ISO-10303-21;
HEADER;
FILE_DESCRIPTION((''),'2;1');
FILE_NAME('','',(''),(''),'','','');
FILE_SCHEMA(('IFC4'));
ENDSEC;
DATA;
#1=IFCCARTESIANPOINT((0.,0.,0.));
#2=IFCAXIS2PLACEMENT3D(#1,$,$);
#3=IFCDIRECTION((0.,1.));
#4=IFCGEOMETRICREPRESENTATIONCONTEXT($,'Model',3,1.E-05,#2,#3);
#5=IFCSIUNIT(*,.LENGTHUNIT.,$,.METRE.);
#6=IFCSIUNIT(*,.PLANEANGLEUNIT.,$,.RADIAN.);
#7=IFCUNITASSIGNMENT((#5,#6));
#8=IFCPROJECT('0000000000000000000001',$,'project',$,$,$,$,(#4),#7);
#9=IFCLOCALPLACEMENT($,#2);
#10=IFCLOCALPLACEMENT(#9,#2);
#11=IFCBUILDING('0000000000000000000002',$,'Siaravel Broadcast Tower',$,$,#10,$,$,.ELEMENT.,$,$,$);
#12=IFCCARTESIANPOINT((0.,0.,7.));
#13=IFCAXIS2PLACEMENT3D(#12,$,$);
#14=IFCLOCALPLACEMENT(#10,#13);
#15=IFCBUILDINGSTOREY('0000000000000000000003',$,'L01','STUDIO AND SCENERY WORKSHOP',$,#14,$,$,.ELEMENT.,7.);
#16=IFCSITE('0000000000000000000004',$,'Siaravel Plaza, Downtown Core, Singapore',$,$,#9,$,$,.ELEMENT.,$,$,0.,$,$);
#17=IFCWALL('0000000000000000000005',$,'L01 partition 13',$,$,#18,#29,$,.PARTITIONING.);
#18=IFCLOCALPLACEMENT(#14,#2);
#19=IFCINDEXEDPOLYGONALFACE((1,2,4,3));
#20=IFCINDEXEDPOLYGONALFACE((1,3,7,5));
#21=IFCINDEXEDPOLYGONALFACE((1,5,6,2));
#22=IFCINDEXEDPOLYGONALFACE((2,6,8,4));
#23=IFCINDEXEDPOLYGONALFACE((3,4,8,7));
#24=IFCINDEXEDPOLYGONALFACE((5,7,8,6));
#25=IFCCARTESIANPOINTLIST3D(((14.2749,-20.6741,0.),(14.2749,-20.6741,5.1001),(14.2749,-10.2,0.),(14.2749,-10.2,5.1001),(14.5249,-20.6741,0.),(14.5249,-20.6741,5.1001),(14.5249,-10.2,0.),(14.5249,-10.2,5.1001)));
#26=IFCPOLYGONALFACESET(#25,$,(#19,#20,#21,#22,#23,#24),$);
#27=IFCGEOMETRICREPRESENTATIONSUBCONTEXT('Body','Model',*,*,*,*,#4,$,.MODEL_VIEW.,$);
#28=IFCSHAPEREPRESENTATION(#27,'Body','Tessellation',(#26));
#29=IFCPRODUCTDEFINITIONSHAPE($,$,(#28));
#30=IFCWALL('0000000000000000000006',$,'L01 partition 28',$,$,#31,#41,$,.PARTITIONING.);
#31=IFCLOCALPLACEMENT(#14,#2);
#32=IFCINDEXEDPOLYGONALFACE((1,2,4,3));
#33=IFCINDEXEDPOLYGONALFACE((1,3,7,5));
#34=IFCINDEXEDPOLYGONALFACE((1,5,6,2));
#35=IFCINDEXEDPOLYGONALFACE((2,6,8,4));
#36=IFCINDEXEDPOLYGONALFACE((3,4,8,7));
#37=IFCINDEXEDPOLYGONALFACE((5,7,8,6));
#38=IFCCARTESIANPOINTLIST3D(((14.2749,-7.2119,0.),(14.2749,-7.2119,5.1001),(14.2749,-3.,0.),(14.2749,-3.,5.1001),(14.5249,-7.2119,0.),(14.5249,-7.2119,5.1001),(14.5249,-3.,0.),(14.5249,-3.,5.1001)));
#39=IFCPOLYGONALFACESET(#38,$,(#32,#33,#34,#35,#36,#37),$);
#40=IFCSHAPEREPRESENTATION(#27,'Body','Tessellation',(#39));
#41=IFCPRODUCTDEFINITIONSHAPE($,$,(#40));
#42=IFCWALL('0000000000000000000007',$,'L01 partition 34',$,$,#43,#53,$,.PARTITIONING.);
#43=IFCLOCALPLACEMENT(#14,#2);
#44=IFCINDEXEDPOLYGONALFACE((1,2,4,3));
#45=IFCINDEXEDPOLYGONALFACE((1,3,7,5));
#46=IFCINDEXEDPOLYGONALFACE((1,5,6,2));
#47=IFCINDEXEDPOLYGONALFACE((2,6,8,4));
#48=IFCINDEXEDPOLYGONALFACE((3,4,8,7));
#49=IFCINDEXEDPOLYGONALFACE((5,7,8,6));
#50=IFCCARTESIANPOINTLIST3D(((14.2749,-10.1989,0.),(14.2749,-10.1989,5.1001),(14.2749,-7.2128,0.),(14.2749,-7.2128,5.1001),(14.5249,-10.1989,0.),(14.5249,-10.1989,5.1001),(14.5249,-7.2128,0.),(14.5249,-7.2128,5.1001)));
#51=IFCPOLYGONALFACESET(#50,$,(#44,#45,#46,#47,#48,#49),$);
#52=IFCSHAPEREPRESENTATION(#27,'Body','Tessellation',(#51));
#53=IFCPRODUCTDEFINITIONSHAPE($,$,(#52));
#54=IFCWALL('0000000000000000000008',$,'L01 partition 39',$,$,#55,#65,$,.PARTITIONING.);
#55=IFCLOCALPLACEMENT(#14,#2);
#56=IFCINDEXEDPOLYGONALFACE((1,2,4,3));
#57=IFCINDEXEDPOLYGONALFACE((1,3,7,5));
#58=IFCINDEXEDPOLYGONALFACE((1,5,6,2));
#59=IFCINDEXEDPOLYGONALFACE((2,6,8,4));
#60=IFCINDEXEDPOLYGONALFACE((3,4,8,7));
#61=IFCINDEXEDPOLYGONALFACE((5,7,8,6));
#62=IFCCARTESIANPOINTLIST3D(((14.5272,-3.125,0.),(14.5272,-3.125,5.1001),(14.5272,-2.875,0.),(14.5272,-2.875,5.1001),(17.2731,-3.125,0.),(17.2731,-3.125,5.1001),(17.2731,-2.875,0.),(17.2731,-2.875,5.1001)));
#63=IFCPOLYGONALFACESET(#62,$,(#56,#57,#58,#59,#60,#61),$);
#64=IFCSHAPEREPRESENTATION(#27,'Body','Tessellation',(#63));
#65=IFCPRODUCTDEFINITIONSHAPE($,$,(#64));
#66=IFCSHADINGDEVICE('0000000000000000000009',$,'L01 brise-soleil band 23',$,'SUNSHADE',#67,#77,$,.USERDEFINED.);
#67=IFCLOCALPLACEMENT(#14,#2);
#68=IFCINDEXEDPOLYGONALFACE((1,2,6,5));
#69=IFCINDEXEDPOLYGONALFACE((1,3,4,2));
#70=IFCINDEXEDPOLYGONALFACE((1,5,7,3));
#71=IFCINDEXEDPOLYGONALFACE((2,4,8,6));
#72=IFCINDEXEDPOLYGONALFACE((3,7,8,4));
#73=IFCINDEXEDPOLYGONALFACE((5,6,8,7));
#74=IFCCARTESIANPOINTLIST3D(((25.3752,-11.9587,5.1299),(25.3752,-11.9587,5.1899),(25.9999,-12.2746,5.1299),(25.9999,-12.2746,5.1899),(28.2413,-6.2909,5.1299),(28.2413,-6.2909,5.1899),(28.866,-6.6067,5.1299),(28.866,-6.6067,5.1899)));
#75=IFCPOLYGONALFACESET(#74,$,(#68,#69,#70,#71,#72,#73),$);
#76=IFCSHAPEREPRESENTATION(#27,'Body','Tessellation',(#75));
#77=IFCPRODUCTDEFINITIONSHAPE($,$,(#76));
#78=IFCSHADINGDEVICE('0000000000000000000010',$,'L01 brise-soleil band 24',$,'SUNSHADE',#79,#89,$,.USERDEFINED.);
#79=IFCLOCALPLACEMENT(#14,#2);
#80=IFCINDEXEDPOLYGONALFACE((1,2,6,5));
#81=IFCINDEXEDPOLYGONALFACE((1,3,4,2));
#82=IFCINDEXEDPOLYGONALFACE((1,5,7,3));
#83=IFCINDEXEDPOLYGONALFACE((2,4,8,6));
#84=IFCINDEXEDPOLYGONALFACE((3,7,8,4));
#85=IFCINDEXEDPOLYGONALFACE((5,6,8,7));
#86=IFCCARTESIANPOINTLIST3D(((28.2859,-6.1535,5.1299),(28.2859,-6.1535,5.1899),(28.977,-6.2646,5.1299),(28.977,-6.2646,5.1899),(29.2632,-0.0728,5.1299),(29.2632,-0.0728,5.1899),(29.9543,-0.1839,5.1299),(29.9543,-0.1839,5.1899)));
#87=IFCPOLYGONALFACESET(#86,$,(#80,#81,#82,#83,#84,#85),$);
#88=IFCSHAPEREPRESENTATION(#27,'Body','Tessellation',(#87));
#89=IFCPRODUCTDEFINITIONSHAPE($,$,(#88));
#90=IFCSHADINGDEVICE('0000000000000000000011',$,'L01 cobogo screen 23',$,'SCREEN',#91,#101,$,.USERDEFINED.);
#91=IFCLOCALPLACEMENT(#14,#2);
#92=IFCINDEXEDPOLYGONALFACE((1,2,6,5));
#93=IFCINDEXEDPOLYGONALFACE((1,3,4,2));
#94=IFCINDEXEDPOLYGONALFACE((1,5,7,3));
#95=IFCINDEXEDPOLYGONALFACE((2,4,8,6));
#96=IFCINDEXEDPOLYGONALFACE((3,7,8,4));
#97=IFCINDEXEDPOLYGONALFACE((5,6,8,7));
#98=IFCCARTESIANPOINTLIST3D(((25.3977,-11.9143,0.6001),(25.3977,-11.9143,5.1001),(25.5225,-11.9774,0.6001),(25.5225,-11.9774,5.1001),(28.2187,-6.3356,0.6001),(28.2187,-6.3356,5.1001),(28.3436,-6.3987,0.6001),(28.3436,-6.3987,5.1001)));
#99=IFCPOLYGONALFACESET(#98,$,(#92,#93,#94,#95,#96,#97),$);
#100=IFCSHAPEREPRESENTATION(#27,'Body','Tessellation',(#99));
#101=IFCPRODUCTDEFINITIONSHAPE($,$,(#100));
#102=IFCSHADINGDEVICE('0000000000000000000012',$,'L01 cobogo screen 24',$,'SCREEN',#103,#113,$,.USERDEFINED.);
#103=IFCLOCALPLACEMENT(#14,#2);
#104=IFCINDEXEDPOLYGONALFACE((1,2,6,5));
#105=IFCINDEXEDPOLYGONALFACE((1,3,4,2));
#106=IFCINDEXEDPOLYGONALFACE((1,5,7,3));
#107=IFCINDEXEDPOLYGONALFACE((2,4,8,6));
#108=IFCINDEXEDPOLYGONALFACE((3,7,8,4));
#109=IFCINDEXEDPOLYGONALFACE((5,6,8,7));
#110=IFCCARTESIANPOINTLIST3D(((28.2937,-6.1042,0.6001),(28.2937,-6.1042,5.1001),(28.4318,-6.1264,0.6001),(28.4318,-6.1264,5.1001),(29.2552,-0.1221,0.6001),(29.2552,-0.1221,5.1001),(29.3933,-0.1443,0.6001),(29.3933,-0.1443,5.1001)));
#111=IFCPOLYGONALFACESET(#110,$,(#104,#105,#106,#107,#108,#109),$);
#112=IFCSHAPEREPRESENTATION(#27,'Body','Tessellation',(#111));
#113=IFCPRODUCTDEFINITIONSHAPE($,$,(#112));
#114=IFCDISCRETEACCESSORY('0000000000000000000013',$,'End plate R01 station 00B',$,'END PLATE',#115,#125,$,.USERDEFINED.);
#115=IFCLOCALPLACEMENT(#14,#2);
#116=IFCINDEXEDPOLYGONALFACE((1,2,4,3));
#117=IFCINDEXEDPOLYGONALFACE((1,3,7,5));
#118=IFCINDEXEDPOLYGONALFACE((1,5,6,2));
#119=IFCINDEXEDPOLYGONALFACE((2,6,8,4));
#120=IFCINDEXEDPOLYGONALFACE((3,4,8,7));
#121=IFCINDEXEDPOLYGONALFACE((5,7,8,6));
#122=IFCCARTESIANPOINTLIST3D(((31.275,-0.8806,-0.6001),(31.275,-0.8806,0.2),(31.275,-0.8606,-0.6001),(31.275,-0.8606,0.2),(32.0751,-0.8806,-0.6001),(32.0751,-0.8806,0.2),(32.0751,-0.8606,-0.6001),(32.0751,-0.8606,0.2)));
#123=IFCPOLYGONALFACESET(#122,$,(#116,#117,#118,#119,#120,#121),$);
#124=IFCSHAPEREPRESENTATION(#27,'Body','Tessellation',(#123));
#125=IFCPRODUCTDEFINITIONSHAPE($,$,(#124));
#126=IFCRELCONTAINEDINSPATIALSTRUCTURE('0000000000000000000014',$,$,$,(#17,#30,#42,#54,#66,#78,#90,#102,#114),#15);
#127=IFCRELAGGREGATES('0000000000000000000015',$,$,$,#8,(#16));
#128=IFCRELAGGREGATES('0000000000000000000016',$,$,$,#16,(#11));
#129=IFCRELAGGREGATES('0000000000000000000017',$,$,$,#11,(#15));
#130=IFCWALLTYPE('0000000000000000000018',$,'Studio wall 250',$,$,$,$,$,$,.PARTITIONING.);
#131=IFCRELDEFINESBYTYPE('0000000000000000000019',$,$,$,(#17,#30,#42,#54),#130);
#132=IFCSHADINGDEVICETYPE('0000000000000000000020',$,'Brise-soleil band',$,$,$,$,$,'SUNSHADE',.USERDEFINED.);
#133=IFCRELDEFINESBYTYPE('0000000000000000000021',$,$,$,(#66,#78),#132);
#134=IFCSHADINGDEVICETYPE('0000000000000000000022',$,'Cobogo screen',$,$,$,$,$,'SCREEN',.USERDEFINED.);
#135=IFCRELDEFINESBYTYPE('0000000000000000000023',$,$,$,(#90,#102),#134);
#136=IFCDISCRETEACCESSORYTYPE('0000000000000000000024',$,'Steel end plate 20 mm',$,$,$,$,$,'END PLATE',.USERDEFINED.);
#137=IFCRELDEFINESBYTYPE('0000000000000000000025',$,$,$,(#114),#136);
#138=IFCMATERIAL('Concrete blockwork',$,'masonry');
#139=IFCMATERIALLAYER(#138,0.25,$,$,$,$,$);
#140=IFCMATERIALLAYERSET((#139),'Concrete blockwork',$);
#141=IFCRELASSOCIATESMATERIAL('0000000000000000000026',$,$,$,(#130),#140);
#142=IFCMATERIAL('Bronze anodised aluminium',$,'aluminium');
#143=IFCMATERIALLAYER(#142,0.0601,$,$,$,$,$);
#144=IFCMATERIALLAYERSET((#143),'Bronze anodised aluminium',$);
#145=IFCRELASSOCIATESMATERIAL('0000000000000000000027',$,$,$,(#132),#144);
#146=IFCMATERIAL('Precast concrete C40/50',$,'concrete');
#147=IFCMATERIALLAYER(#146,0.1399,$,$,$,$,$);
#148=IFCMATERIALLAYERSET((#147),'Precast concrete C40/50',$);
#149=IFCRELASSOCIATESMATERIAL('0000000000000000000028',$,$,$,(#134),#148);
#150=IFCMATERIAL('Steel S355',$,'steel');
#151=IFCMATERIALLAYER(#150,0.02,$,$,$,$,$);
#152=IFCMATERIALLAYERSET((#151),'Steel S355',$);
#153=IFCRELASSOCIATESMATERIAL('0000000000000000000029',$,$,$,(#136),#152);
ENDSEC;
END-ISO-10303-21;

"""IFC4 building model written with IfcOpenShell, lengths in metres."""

from ifc_helpers import new_model, si_unit, direction, frame, frame_2d, origin, origin_2d, place, context, subcontext, project, spatial, rectangle, extrude, material, layer, layer_set, type_object, element, save


model = new_model("IFC4")

# Units and contexts
model_context = context("Model", 3, precision=1e-05, world=origin(), true_north=direction((0.0, 1.0)))
body_context = subcontext(model_context, "Body", "Model", "MODEL_VIEW")
ifc_project = project(units=[si_unit("LENGTHUNIT", "METRE"), si_unit("PLANEANGLEUNIT", "RADIAN")], contexts=[model_context])

# Site, building, storey
site_placement = place(None, origin())
site = spatial("IfcSite", under=ifc_project, at=site_placement, Name="Siaravel Plaza, Downtown Core, Singapore", CompositionType="ELEMENT", RefElevation=0.0)
building_placement = place(site_placement, origin())
building = spatial("IfcBuilding", under=site, at=building_placement, Name="Siaravel Broadcast Tower", CompositionType="ELEMENT")
storey_placement = place(building_placement, frame((0.0, 0.0, 7.0)))
storey = spatial("IfcBuildingStorey", under=building, at=storey_placement, Name="L01", Description="STUDIO AND SCENERY WORKSHOP", CompositionType="ELEMENT", Elevation=7.0)

# Shared definitions
ifc_material_1 = material(Name="Steel S355", Category="steel")

# Wall
ifc_material_2 = material(Name="Concrete blockwork", Category="masonry")
ifc_layer_1 = layer(ifc_material_2, 0.25)
ifc_layer_set_1 = layer_set([ifc_layer_1], Name="Concrete blockwork")
wall_type_1 = type_object("IfcWallType", Name="Studio wall 250", PredefinedType="PARTITIONING", material=ifc_layer_set_1)
wall_1_placement = place(storey_placement, frame((14.3999, -10.2, 0.0), z_axis=(0.0, 0.0, 1.0), x_axis=(0.0, -1.0, 0.0)))
element("IfcWall", 1, at=wall_1_placement, inside=storey, type_object=wall_type_1, Name="L01 partition 13", PredefinedType="PARTITIONING", context=body_context, shape_type="SweptSolid", body=[
    extrude(rectangle(XDim=10.4741, YDim=0.25, at=frame_2d((5.2371, 0.0))), origin(), (0.0, 0.0, 1.0), 5.1001),
])

# Walls
wall_2_placement = place(storey_placement, frame((14.3999, -7.2119, 0.0), z_axis=(0.0, 0.0, 1.0), x_axis=(0.0, 1.0, 0.0)))
element("IfcWall", 2, at=wall_2_placement, inside=storey, type_object=wall_type_1, Name="L01 partition 28", PredefinedType="PARTITIONING", context=body_context, shape_type="SweptSolid", body=[
    extrude(rectangle(XDim=4.2119, YDim=0.25, at=frame_2d((2.106, 0.0))), origin(), (0.0, 0.0, 1.0), 5.1001),
])
wall_3_placement = place(storey_placement, frame((14.3999, -10.199, 0.0), z_axis=(0.0, 0.0, 1.0), x_axis=(0.0, 1.0, 0.0)))
element("IfcWall", 3, at=wall_3_placement, inside=storey, type_object=wall_type_1, Name="L01 partition 34", PredefinedType="PARTITIONING", context=body_context, shape_type="SweptSolid", body=[
    extrude(rectangle(XDim=2.9861, YDim=0.25, at=frame_2d((1.4932, 0.0))), origin(), (0.0, 0.0, 1.0), 5.1001),
])
wall_4_placement = place(storey_placement, frame((14.5271, -3.0, 0.0), z_axis=(0.0, 0.0, 1.0), x_axis=(1.0, 0.0, 0.0)))
element("IfcWall", 4, at=wall_4_placement, inside=storey, type_object=wall_type_1, Name="L01 partition 39", PredefinedType="PARTITIONING", context=body_context, shape_type="SweptSolid", body=[
    extrude(rectangle(XDim=2.7458, YDim=0.25, at=frame_2d((1.373, 0.0))), origin(), (0.0, 0.0, 1.0), 5.1001),
])

# Shading devices
ifc_material_3 = material(Name="Bronze anodised aluminium", Category="aluminium")
ifc_layer_2 = layer(ifc_material_3, 0.0601)
ifc_layer_set_2 = layer_set([ifc_layer_2], Name="Bronze anodised aluminium")
shading_device_type_1 = type_object("IfcShadingDeviceType", Name="Brise-soleil band", ElementType="SUNSHADE", PredefinedType="USERDEFINED", material=ifc_layer_set_2)
shading_device_1_placement = place(storey_placement, frame((27.1206, -9.2827, 5.1299), z_axis=(0.0, 0.0, 1.0), x_axis=(0.451262, 0.892391, 0.0)))
element("IfcShadingDevice", 5, at=shading_device_1_placement, inside=storey, type_object=shading_device_type_1, Name="L01 brise-soleil band 23", ObjectType="SUNSHADE", PredefinedType="USERDEFINED", context=body_context, shape_type="SweptSolid", body=[
    extrude(rectangle(XDim=6.3513, YDim=0.7, at=origin_2d()), origin(), (0.0, 0.0, 1.0), 0.0601),
])
shading_device_2_placement = place(storey_placement, frame((29.1201, -3.1687, 5.1299), z_axis=(0.0, 0.0, 1.0), x_axis=(0.158685, 0.987329, 0.0)))
element("IfcShadingDevice", 6, at=shading_device_2_placement, inside=storey, type_object=shading_device_type_1, Name="L01 brise-soleil band 24", ObjectType="SUNSHADE", PredefinedType="USERDEFINED", context=body_context, shape_type="SweptSolid", body=[
    extrude(rectangle(XDim=6.1587, YDim=0.7, at=origin_2d()), origin(), (0.0, 0.0, 1.0), 0.0601),
])
ifc_material_4 = material(Name="Precast concrete C40/50", Category="concrete")
ifc_layer_3 = layer(ifc_material_4, 0.1399)
ifc_layer_set_3 = layer_set([ifc_layer_3], Name="Precast concrete C40/50")
shading_device_type_2 = type_object("IfcShadingDeviceType", Name="Cobogo screen", ElementType="SCREEN", PredefinedType="USERDEFINED", material=ifc_layer_set_3)
shading_device_3_placement = place(storey_placement, frame((26.8706, -9.1565, 0.6001), z_axis=(0.0, 0.0, 1.0), x_axis=(0.451262, 0.892391, 0.0)))
element("IfcShadingDevice", 7, at=shading_device_3_placement, inside=storey, type_object=shading_device_type_2, Name="L01 cobogo screen 23", ObjectType="SCREEN", PredefinedType="USERDEFINED", context=body_context, shape_type="SweptSolid", body=[
    extrude(rectangle(XDim=6.2515, YDim=0.1399, at=origin_2d()), origin(), (0.0, 0.0, 1.0), 4.5),
])
shading_device_4_placement = place(storey_placement, frame((28.8435, -3.1243, 0.6001), z_axis=(0.0, 0.0, 1.0), x_axis=(0.158685, 0.987329, 0.0)))
element("IfcShadingDevice", 8, at=shading_device_4_placement, inside=storey, type_object=shading_device_type_2, Name="L01 cobogo screen 24", ObjectType="SCREEN", PredefinedType="USERDEFINED", context=body_context, shape_type="SweptSolid", body=[
    extrude(rectangle(XDim=6.0588, YDim=0.1399, at=origin_2d()), origin(), (0.0, 0.0, 1.0), 4.5),
])

# Discrete accessory
ifc_layer_4 = layer(ifc_material_1, 0.02)
ifc_layer_set_4 = layer_set([ifc_layer_4], Name="Steel S355")
discrete_accessory_type = type_object("IfcDiscreteAccessoryType", Name="Steel end plate 20 mm", ElementType="END PLATE", PredefinedType="USERDEFINED", material=ifc_layer_set_4)
discrete_accessory_placement = place(storey_placement, frame((31.675, -0.8706, -0.6001), z_axis=(0.0, 0.0, 1.0), x_axis=(0.0, 1.0, 0.0)))
element("IfcDiscreteAccessory", 9, at=discrete_accessory_placement, inside=storey, type_object=discrete_accessory_type, Name="End plate R01 station 00B", ObjectType="END PLATE", PredefinedType="USERDEFINED", context=body_context, shape_type="SweptSolid", body=[
    extrude(rectangle(XDim=0.02, YDim=0.8, at=origin_2d()), origin(), (0.0, 0.0, 1.0), 0.8),
])

save(model, "model.ifc")
